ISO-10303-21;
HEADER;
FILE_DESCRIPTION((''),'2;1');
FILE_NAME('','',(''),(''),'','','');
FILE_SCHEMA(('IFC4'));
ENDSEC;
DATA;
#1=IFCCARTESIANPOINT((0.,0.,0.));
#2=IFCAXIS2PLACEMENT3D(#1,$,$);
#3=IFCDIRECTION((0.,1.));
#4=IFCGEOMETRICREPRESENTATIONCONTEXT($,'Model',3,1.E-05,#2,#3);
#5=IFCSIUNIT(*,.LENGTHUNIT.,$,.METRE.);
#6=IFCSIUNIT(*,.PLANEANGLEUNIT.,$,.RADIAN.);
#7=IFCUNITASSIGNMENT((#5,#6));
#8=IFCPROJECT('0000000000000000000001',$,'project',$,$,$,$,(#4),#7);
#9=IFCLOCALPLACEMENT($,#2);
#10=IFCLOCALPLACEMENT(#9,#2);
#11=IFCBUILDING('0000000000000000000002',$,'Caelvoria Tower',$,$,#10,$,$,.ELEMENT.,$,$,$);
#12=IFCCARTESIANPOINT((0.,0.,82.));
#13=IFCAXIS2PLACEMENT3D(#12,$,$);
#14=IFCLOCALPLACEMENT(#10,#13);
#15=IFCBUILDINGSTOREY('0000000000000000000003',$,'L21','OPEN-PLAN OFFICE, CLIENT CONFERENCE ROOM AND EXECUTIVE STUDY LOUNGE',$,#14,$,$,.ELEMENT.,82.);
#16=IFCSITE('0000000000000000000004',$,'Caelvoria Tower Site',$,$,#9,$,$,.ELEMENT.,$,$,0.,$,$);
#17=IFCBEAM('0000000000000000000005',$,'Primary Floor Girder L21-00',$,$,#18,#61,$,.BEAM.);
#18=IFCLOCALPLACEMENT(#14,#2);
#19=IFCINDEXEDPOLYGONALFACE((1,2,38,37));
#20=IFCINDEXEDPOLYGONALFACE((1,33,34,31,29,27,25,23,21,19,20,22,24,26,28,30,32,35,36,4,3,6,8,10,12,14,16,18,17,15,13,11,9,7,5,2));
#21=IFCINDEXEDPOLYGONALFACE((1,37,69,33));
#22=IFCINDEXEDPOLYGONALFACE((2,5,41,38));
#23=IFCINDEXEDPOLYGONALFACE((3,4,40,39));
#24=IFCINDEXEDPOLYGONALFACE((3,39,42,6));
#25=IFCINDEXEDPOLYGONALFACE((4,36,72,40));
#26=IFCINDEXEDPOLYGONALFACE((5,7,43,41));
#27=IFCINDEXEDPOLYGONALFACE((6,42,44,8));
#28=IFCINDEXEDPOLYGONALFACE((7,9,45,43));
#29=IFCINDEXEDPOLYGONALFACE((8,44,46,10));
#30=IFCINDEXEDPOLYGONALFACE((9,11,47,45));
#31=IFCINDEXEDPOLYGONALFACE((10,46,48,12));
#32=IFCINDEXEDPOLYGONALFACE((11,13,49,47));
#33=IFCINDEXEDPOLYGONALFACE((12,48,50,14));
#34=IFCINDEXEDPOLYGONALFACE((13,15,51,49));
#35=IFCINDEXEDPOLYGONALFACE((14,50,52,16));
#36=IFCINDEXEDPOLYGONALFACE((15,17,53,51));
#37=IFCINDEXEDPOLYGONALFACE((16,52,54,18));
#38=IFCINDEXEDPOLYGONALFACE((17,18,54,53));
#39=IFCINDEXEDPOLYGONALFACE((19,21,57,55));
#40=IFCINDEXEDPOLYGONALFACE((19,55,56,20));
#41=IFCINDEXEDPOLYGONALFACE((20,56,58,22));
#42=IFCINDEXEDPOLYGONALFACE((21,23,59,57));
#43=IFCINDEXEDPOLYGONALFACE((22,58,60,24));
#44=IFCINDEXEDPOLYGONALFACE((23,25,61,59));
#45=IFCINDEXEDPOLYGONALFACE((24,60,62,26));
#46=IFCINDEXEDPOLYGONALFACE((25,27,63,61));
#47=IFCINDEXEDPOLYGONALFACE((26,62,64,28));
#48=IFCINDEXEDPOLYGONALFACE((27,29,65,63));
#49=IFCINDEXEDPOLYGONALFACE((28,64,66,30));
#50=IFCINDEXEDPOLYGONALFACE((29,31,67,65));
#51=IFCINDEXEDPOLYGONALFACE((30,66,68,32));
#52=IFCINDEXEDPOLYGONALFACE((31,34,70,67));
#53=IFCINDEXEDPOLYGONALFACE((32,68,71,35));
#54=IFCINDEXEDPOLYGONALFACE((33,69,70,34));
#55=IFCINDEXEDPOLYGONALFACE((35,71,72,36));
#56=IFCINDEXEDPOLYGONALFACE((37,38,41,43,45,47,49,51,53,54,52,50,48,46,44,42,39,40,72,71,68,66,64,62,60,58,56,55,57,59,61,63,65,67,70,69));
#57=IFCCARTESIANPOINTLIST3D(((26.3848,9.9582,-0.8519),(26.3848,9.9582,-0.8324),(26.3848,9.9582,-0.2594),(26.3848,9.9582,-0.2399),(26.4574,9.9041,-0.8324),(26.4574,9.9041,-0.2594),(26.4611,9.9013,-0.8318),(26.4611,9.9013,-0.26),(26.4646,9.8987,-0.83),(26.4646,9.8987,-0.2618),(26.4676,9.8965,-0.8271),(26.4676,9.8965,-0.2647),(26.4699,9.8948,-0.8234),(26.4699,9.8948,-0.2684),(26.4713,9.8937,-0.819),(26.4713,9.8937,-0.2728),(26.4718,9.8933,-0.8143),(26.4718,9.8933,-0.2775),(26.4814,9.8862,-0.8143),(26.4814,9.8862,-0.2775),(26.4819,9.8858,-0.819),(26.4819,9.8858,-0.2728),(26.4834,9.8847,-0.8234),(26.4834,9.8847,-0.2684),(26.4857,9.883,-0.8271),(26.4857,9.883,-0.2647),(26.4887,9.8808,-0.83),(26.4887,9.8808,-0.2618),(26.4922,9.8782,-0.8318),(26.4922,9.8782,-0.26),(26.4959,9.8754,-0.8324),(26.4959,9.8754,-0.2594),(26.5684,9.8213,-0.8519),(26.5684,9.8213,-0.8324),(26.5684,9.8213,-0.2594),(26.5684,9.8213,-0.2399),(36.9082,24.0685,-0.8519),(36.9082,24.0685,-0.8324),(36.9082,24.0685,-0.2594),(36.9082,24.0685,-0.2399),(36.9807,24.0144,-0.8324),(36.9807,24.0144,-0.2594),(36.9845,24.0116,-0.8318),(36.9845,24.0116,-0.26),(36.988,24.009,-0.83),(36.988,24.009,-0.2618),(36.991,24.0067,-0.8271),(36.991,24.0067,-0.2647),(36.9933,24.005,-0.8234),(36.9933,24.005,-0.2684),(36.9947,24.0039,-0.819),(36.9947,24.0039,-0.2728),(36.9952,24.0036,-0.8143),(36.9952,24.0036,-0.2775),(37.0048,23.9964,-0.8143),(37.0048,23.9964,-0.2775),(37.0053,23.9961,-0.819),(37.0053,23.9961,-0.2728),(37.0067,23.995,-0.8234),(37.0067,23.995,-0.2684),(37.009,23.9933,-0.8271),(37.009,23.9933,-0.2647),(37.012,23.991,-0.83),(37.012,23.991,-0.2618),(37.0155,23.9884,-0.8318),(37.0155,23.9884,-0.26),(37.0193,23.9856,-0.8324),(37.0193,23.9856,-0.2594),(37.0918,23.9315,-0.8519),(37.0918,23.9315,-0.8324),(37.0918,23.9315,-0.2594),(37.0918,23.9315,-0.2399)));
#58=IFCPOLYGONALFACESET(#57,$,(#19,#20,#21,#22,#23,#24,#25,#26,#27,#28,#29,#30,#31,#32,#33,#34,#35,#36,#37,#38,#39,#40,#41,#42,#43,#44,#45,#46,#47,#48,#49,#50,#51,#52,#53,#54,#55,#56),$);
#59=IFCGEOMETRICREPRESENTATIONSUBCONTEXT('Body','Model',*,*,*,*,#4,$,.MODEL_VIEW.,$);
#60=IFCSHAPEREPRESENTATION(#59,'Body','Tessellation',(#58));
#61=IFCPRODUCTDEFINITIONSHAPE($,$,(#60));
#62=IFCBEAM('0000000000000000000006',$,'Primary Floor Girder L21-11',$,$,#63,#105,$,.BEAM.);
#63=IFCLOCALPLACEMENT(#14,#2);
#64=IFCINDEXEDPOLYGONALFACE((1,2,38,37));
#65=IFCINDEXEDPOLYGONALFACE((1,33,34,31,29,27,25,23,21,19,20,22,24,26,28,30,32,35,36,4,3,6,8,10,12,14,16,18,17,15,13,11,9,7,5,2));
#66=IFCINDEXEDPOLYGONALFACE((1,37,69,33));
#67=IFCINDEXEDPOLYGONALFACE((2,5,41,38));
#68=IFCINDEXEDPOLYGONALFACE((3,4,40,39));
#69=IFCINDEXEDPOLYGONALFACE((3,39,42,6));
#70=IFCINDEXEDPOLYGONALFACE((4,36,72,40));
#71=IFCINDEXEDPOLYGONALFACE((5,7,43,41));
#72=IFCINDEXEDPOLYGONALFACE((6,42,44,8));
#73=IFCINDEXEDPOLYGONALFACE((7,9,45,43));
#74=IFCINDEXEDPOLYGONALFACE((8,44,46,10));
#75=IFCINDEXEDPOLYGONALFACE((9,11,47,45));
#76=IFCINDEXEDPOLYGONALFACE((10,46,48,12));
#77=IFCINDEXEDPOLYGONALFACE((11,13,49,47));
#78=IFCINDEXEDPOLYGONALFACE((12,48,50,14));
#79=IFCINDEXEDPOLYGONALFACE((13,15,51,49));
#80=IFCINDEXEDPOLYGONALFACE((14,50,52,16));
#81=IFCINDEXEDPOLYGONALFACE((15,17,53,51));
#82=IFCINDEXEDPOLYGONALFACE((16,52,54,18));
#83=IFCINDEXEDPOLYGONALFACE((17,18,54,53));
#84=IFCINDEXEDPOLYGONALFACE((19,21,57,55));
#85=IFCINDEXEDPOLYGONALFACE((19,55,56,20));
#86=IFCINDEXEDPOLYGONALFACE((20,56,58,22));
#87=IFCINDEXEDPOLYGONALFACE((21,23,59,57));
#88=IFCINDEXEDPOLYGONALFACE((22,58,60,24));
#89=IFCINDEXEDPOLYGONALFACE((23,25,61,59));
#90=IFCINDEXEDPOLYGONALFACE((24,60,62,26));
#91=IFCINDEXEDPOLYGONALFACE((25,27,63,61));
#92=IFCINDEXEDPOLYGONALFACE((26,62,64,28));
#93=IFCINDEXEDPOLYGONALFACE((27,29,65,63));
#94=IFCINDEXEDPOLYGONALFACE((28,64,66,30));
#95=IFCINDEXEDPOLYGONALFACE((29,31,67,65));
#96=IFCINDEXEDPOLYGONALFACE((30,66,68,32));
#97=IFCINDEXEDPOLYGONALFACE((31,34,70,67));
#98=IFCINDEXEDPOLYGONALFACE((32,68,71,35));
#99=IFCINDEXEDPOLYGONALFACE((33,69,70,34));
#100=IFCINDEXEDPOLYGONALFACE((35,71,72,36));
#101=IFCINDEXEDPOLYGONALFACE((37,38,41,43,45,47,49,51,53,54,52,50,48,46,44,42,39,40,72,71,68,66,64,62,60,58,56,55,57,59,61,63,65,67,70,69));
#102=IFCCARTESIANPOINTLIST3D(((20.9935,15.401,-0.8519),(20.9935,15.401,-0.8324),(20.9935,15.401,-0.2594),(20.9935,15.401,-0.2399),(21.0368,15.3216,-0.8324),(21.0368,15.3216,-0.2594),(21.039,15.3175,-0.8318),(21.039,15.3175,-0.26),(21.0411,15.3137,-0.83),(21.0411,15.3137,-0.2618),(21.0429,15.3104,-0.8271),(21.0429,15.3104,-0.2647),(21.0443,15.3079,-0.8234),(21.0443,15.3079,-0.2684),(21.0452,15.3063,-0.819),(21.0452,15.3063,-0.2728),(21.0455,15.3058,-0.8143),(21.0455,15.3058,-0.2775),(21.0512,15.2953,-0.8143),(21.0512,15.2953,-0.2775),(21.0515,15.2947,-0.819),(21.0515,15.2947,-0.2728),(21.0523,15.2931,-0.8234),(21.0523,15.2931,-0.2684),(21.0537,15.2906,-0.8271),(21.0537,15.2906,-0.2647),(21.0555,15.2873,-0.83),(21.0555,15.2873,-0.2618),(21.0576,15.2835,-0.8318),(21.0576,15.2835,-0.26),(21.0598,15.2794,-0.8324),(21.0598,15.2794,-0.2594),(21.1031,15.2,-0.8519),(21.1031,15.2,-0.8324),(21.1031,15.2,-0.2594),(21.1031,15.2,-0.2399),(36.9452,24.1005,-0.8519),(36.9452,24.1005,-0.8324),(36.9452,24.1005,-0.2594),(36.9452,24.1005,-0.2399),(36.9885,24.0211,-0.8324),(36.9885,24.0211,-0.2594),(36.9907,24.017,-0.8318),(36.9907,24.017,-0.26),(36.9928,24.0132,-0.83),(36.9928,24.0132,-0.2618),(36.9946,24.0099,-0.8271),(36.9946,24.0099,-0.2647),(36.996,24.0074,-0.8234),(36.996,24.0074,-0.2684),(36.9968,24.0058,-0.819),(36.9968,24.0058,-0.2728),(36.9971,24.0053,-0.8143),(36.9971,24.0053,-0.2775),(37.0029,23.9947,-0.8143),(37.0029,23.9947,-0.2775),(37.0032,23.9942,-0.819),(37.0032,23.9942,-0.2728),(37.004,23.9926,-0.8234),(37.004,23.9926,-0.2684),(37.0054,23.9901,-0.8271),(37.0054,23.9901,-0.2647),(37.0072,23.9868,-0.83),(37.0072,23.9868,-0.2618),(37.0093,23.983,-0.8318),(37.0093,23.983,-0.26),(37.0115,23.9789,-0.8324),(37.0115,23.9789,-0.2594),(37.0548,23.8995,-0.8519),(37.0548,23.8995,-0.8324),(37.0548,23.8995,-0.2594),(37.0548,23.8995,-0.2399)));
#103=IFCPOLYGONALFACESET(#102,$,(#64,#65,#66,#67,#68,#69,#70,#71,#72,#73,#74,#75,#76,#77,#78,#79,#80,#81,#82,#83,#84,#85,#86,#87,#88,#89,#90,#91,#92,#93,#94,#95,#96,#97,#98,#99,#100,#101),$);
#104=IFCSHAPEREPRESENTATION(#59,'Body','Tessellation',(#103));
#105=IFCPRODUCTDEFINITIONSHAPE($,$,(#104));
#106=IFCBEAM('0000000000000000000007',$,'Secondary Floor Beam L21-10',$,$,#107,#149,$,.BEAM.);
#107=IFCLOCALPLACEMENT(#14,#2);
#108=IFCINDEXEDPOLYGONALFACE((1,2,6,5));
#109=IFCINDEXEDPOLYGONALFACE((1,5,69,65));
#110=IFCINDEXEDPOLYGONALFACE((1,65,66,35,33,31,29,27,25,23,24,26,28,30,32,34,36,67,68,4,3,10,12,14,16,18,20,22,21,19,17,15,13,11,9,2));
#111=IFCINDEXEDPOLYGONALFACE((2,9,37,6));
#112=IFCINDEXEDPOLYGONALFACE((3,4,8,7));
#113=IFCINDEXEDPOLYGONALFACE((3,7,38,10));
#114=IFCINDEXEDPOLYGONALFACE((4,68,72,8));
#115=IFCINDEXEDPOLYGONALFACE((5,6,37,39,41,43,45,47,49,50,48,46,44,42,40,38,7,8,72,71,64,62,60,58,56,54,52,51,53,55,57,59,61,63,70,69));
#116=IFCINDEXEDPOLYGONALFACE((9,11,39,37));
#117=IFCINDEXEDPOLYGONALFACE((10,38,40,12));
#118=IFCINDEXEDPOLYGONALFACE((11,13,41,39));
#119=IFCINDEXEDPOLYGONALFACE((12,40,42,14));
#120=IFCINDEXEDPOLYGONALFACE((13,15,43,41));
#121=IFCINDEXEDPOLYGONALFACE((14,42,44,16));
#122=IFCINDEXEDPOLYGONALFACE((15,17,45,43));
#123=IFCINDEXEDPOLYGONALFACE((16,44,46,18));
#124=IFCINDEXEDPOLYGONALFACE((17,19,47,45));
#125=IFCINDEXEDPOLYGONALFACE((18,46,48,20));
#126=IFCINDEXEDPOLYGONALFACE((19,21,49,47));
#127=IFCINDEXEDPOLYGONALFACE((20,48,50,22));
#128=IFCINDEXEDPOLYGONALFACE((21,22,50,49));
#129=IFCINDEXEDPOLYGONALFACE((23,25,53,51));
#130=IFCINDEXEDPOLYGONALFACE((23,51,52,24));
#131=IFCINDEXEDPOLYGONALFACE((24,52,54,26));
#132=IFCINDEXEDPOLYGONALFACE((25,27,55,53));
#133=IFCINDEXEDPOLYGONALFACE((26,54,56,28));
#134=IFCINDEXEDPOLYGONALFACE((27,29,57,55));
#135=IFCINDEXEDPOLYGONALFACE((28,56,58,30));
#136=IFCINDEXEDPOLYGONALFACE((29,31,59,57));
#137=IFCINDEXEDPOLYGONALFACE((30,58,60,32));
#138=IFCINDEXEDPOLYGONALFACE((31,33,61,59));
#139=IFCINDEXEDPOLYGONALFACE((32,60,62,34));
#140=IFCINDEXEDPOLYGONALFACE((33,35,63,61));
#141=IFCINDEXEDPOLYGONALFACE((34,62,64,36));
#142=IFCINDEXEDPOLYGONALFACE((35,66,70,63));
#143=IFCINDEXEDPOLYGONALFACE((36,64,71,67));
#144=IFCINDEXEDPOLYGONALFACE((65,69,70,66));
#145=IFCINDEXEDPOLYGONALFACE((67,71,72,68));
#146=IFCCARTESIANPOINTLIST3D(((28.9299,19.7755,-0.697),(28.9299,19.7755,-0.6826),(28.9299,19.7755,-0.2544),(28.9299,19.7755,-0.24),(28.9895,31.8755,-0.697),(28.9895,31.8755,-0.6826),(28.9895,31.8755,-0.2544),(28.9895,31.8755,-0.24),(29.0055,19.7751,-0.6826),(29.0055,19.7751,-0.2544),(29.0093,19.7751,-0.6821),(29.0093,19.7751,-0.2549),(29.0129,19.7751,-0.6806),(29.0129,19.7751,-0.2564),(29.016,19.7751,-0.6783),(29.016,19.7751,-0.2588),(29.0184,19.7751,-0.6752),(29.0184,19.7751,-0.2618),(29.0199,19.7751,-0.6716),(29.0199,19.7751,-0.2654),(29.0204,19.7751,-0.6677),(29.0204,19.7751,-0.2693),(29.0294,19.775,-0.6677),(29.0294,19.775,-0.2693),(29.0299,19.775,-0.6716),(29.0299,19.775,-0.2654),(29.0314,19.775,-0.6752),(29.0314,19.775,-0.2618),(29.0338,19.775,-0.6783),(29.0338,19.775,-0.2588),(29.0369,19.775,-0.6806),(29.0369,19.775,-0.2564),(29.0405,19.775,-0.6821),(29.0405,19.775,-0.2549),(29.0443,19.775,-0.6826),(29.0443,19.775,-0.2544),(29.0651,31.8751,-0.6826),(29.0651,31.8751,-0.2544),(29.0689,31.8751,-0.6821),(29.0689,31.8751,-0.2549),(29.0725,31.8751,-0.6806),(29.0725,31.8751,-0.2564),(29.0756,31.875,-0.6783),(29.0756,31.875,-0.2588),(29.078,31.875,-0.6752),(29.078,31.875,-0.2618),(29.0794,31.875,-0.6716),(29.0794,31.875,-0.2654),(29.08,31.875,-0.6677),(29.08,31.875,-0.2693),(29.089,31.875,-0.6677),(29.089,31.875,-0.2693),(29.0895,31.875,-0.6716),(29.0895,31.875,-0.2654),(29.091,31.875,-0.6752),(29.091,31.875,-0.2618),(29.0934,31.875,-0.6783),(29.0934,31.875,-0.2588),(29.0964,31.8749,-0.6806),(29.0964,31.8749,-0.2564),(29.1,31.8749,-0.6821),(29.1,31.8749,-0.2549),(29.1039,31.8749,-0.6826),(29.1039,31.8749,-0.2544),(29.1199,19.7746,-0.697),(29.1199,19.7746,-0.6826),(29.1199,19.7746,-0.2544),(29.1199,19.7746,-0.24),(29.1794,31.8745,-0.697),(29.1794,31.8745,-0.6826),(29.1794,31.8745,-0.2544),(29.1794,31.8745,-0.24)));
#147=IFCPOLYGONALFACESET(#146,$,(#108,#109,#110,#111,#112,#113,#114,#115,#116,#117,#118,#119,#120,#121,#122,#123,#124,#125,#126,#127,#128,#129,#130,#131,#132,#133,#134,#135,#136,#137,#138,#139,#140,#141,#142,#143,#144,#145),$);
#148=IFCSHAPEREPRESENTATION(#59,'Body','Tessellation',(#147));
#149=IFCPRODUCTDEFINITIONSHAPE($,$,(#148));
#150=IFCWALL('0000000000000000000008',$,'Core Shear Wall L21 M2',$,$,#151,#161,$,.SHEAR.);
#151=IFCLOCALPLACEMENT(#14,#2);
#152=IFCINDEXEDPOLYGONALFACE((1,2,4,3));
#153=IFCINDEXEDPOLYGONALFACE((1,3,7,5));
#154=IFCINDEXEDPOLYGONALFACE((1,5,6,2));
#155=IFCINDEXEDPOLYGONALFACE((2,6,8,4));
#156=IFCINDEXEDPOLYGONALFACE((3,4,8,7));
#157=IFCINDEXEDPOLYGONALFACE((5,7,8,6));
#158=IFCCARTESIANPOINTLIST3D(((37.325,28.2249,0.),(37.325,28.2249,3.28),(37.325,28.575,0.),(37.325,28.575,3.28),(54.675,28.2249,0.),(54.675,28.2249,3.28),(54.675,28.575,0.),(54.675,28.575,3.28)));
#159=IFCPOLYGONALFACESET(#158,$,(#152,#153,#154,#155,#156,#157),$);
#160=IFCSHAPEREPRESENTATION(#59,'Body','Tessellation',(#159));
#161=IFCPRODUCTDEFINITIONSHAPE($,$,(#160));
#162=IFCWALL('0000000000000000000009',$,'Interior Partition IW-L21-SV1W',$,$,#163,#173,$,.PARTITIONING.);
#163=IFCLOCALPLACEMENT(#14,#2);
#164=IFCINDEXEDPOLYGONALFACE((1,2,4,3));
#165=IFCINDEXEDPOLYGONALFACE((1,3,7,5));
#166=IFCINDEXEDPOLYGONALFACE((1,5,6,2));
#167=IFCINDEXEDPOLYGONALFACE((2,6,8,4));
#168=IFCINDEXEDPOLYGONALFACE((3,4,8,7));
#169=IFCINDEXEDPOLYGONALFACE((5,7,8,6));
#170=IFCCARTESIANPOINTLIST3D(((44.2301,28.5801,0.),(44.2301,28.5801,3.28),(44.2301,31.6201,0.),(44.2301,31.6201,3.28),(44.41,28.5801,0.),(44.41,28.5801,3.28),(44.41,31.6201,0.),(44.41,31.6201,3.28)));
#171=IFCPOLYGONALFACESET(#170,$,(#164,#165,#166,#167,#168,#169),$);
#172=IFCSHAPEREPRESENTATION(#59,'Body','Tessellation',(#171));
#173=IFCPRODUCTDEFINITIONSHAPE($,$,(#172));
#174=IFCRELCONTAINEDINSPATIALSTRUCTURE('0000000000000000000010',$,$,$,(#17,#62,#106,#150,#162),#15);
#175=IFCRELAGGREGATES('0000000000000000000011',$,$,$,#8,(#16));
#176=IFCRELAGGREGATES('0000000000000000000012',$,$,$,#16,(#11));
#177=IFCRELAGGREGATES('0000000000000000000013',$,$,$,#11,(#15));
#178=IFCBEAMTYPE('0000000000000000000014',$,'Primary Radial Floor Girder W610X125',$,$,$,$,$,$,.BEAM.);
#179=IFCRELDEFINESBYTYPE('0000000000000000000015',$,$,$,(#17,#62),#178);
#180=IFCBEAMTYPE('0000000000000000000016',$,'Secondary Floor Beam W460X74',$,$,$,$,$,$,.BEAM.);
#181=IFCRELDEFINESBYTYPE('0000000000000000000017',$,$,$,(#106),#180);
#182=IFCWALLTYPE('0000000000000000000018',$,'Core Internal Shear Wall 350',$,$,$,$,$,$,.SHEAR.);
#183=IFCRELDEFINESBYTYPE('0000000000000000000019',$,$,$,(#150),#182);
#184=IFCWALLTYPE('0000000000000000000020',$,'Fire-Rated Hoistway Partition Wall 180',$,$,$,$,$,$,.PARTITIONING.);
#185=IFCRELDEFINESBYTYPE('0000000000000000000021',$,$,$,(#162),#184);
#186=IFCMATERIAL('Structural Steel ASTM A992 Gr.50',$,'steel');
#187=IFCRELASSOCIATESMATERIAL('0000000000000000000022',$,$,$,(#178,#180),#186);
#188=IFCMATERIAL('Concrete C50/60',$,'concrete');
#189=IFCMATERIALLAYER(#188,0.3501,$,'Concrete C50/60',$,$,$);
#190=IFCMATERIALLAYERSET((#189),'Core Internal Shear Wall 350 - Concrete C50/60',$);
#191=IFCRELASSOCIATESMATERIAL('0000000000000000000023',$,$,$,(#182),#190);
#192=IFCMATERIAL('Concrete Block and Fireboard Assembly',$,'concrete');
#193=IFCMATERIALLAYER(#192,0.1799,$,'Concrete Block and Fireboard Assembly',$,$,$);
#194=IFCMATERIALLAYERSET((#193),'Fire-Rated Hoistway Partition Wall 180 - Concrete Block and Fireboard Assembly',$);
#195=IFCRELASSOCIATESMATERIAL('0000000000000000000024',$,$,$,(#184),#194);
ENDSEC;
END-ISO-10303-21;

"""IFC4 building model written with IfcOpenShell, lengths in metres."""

from ifc_helpers import new_model, si_unit, direction, frame, frame_2d, origin, origin_2d, place, context, subcontext, project, spatial, rectangle, i_section, extrude, material, layer, layer_set, material_profile, profile_set, type_object, element, save


model = new_model("IFC4")

# Units and contexts
model_context = context("Model", 3, precision=1e-05, world=origin(), true_north=direction((0.0, 1.0)))
body_context = subcontext(model_context, "Body", "Model", "MODEL_VIEW")
ifc_project = project(units=[si_unit("LENGTHUNIT", "METRE"), si_unit("PLANEANGLEUNIT", "RADIAN")], contexts=[model_context])

# Site, building, storey
site_placement = place(None, origin())
site = spatial("IfcSite", under=ifc_project, at=site_placement, Name="Caelvoria Tower Site", CompositionType="ELEMENT", RefElevation=0.0)
building_placement = place(site_placement, origin())
building = spatial("IfcBuilding", under=site, at=building_placement, Name="Caelvoria Tower", CompositionType="ELEMENT")
storey_placement = place(building_placement, frame((0.0, 0.0, 82.0)))
storey = spatial("IfcBuildingStorey", under=building, at=storey_placement, Name="L21", Description="OPEN-PLAN OFFICE, CLIENT CONFERENCE ROOM AND EXECUTIVE STUDY LOUNGE", CompositionType="ELEMENT", Elevation=82.0)

# Beams
ifc_material_1 = material(Name="Structural Steel ASTM A992 Gr.50", Category="steel")
ifc_material_profile_1 = material_profile(ifc_material_1, i_section(OverallWidth=0.229, OverallDepth=0.6121, WebThickness=0.012, FlangeThickness=0.0195, FilletRadius=0.0181, at=origin_2d()), Name="Structural Steel ASTM A992 Gr.50")
ifc_profile_set_1 = profile_set([ifc_material_profile_1], Name="W610X125 - Structural Steel ASTM A992 Gr.50")
beam_type_1 = type_object("IfcBeamType", Name="Primary Radial Floor Girder W610X125", PredefinedType="BEAM", material=ifc_profile_set_1)
beam_1_placement = place(storey_placement, frame((37.0, 24.0, -0.5459), z_axis=(-0.597841, -0.801615, 0.0), x_axis=(0.801615, -0.597841, 0.0)))
element("IfcBeam", 1, at=beam_1_placement, inside=storey, type_object=beam_type_1, Name="Primary Floor Girder L21-00", PredefinedType="BEAM", context=body_context, shape_type="SweptSolid", body=[
    extrude(i_section(OverallWidth=0.229, OverallDepth=0.6121, WebThickness=0.012, FlangeThickness=0.0195, FilletRadius=0.0181, at=origin_2d()), origin(), (0.0, 0.0, 1.0), 17.6023),
])
beam_2_placement = place(storey_placement, frame((37.0, 24.0, -0.5459), z_axis=(-0.877929, -0.478791, 0.0), x_axis=(0.478791, -0.877929, 0.0)))
element("IfcBeam", 2, at=beam_2_placement, inside=storey, type_object=beam_type_1, Name="Primary Floor Girder L21-11", PredefinedType="BEAM", context=body_context, shape_type="SweptSolid", body=[
    extrude(i_section(OverallWidth=0.229, OverallDepth=0.6121, WebThickness=0.012, FlangeThickness=0.0195, FilletRadius=0.0181, at=origin_2d()), origin(), (0.0, 0.0, 1.0), 18.1697),
])
ifc_material_profile_2 = material_profile(ifc_material_1, i_section(OverallWidth=0.1899, OverallDepth=0.457, WebThickness=0.009, FlangeThickness=0.0144, FilletRadius=0.0149, at=origin_2d()), Name="Structural Steel ASTM A992 Gr.50")
ifc_profile_set_2 = profile_set([ifc_material_profile_2], Name="W460X74 - Structural Steel ASTM A992 Gr.50")
beam_type_2 = type_object("IfcBeamType", Name="Secondary Floor Beam W460X74", PredefinedType="BEAM", material=ifc_profile_set_2)
beam_3_placement = place(storey_placement, frame((29.0845, 31.875, -0.4685), z_axis=(-0.004923, -0.999988, 0.0), x_axis=(0.999988, -0.004923, 0.0)))
element("IfcBeam", 3, at=beam_3_placement, inside=storey, type_object=beam_type_2, Name="Secondary Floor Beam L21-10", PredefinedType="BEAM", context=body_context, shape_type="SweptSolid", body=[
    extrude(i_section(OverallWidth=0.1899, OverallDepth=0.457, WebThickness=0.009, FlangeThickness=0.0144, FilletRadius=0.0149, at=origin_2d()), origin(), (0.0, 0.0, 1.0), 12.1001),
])

# Shared definitions
ifc_material_2 = material(Name="Concrete C50/60", Category="concrete")
ifc_layer_1 = layer(ifc_material_2, 0.3501, Name="Concrete C50/60")
ifc_layer_set_1 = layer_set([ifc_layer_1], Name="Core Internal Shear Wall 350 - Concrete C50/60")
wall_type_1 = type_object("IfcWallType", Name="Core Internal Shear Wall 350", PredefinedType="SHEAR", material=ifc_layer_set_1)

# Walls
wall_1_placement = place(storey_placement, frame((37.325, 28.3999, 0.0), z_axis=(0.0, 0.0, 1.0), x_axis=(1.0, 0.0, 0.0)))
element("IfcWall", 4, at=wall_1_placement, inside=storey, type_object=wall_type_1, Name="Core Shear Wall L21 M2", PredefinedType="SHEAR", context=body_context, shape_type="SweptSolid", body=[
    extrude(rectangle(XDim=17.3501, YDim=0.3501, at=frame_2d((8.675, 0.0))), origin(), (0.0, 0.0, 1.0), 3.28),
])
ifc_material_3 = material(Name="Concrete Block and Fireboard Assembly", Category="concrete")
ifc_layer_2 = layer(ifc_material_3, 0.1799, Name="Concrete Block and Fireboard Assembly")
ifc_layer_set_2 = layer_set([ifc_layer_2], Name="Fire-Rated Hoistway Partition Wall 180 - Concrete Block and Fireboard Assembly")
wall_type_2 = type_object("IfcWallType", Name="Fire-Rated Hoistway Partition Wall 180", PredefinedType="PARTITIONING", material=ifc_layer_set_2)
wall_2_placement = place(storey_placement, frame((44.3201, 28.5801, 0.0), z_axis=(0.0, 0.0, 1.0), x_axis=(0.0, 1.0, 0.0)))
element("IfcWall", 5, at=wall_2_placement, inside=storey, type_object=wall_type_2, Name="Interior Partition IW-L21-SV1W", PredefinedType="PARTITIONING", context=body_context, shape_type="SweptSolid", body=[
    extrude(rectangle(XDim=3.04, YDim=0.1799, at=frame_2d((1.52, 0.0))), origin(), (0.0, 0.0, 1.0), 3.28),
])

save(model, "model.ifc")
